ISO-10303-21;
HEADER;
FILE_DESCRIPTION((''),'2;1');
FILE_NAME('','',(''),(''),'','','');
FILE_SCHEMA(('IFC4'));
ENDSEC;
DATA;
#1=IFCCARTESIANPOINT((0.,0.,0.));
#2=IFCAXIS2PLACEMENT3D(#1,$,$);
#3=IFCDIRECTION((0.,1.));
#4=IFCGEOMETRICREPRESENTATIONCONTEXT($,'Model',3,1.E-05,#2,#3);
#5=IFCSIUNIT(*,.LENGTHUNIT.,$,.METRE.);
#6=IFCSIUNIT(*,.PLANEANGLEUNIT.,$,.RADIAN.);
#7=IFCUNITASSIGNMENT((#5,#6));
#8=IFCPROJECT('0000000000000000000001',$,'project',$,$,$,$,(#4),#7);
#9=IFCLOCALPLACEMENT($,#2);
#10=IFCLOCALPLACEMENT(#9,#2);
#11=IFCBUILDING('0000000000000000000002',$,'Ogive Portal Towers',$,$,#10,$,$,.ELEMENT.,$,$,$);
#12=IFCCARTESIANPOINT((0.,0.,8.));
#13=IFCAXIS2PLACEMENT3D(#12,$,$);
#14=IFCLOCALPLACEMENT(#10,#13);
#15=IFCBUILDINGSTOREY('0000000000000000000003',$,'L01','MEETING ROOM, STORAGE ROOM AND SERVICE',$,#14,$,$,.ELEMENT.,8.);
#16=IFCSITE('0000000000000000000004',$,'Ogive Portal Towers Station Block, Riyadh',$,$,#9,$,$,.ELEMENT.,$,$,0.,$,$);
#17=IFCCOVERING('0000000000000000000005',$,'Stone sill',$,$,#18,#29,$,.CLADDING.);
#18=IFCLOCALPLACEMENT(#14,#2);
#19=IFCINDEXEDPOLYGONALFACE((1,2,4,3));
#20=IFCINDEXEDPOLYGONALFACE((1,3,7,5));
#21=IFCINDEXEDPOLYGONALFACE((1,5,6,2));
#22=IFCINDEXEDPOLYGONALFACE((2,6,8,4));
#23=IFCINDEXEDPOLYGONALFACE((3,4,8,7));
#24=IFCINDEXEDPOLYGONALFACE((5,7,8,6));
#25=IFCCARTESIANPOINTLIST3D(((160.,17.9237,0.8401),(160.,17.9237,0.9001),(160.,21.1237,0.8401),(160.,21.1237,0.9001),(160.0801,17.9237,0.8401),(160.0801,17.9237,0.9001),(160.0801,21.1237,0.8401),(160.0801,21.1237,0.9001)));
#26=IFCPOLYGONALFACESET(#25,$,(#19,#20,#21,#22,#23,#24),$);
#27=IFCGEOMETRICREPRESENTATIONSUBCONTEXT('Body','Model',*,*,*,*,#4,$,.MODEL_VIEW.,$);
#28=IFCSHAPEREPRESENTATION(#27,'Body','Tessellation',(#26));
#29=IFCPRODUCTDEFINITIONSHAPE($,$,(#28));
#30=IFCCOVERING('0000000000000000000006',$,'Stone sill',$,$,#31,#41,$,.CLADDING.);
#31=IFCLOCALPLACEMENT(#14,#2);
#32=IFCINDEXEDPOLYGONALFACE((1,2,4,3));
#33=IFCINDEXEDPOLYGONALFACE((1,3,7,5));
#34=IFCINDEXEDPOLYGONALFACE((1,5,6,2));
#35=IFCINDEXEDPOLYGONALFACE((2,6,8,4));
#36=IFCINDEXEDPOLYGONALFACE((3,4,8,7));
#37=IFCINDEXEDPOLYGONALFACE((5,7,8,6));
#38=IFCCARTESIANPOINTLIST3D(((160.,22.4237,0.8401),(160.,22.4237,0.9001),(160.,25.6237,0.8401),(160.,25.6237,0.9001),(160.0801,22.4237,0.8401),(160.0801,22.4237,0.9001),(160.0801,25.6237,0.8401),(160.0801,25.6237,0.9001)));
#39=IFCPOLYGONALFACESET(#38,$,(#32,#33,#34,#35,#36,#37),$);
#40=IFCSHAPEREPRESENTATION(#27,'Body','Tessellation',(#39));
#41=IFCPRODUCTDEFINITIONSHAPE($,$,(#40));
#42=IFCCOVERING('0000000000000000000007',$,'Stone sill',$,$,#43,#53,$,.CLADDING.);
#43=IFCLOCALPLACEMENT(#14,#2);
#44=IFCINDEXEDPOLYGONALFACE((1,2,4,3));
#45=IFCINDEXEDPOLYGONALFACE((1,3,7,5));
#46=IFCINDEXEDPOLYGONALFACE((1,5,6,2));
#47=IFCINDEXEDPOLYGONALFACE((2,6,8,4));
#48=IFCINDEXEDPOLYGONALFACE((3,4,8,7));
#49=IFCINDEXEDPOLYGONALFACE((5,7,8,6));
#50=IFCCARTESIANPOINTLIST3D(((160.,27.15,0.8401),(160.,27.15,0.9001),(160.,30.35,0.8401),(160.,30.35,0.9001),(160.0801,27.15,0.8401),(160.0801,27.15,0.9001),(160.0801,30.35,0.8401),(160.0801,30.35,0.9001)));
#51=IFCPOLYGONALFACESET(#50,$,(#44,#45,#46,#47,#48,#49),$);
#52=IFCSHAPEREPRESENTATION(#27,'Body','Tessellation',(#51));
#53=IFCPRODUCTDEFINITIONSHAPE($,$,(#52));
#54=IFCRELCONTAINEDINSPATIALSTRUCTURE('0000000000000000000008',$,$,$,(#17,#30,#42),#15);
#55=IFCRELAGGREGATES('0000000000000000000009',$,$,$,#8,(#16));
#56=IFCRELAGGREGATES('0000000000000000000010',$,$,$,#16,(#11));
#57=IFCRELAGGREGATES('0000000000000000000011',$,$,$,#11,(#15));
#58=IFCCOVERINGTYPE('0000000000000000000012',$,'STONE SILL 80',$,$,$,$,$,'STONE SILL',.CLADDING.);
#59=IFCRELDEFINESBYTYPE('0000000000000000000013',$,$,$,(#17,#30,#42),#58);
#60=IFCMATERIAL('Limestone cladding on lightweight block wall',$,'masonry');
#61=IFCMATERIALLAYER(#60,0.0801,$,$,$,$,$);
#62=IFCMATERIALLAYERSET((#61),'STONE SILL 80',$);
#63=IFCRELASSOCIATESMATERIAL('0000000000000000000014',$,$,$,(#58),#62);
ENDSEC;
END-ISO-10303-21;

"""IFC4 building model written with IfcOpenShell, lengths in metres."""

from ifc_helpers import new_model, si_unit, direction, frame, origin, origin_2d, place, context, subcontext, project, spatial, rectangle, extrude, material, layer, layer_set, type_object, element, save


model = new_model("IFC4")

# Units and contexts
model_context = context("Model", 3, precision=1e-05, world=origin(), true_north=direction((0.0, 1.0)))
body_context = subcontext(model_context, "Body", "Model", "MODEL_VIEW")
ifc_project = project(units=[si_unit("LENGTHUNIT", "METRE"), si_unit("PLANEANGLEUNIT", "RADIAN")], contexts=[model_context])

# Site, building, storey
site_placement = place(None, origin())
site = spatial("IfcSite", under=ifc_project, at=site_placement, Name="Ogive Portal Towers Station Block, Riyadh", CompositionType="ELEMENT", RefElevation=0.0)
building_placement = place(site_placement, origin())
building = spatial("IfcBuilding", under=site, at=building_placement, Name="Ogive Portal Towers", CompositionType="ELEMENT")
storey_placement = place(building_placement, frame((0.0, 0.0, 8.0)))
storey = spatial("IfcBuildingStorey", under=building, at=storey_placement, Name="L01", Description="MEETING ROOM, STORAGE ROOM AND SERVICE", CompositionType="ELEMENT", Elevation=8.0)

# Coverings
ifc_material_1 = material(Name="Limestone cladding on lightweight block wall", Category="masonry")
ifc_layer_1 = layer(ifc_material_1, 0.0801)
ifc_layer_set_1 = layer_set([ifc_layer_1], Name="STONE SILL 80")
covering_type_1 = type_object("IfcCoveringType", Name="STONE SILL 80", ElementType="STONE SILL", PredefinedType="CLADDING", material=ifc_layer_set_1)
for number, where, z_axis, x_axis, name in (
    (1, (160.04, 19.5237, 0.8401), (0.0, 0.0, 1.0), (0.0, 1.0, 0.0), "Stone sill"),
    (2, (160.04, 24.0237, 0.8401), (0.0, 0.0, 1.0), (0.0, 1.0, 0.0), "Stone sill"),
    (3, (160.04, 28.75, 0.8401), (0.0, 0.0, 1.0), (0.0, 1.0, 0.0), "Stone sill"),
):
    element("IfcCovering", number, at=place(storey_placement, frame(where, z_axis=z_axis, x_axis=x_axis)), inside=storey, type_object=covering_type_1, Name=name, PredefinedType="CLADDING", context=body_context, shape_type="SweptSolid", body=[
        extrude(rectangle(XDim=3.2, YDim=0.0801, at=origin_2d()), origin(), (0.0, 0.0, 1.0), 0.0601),
    ])

save(model, "model.ifc")
